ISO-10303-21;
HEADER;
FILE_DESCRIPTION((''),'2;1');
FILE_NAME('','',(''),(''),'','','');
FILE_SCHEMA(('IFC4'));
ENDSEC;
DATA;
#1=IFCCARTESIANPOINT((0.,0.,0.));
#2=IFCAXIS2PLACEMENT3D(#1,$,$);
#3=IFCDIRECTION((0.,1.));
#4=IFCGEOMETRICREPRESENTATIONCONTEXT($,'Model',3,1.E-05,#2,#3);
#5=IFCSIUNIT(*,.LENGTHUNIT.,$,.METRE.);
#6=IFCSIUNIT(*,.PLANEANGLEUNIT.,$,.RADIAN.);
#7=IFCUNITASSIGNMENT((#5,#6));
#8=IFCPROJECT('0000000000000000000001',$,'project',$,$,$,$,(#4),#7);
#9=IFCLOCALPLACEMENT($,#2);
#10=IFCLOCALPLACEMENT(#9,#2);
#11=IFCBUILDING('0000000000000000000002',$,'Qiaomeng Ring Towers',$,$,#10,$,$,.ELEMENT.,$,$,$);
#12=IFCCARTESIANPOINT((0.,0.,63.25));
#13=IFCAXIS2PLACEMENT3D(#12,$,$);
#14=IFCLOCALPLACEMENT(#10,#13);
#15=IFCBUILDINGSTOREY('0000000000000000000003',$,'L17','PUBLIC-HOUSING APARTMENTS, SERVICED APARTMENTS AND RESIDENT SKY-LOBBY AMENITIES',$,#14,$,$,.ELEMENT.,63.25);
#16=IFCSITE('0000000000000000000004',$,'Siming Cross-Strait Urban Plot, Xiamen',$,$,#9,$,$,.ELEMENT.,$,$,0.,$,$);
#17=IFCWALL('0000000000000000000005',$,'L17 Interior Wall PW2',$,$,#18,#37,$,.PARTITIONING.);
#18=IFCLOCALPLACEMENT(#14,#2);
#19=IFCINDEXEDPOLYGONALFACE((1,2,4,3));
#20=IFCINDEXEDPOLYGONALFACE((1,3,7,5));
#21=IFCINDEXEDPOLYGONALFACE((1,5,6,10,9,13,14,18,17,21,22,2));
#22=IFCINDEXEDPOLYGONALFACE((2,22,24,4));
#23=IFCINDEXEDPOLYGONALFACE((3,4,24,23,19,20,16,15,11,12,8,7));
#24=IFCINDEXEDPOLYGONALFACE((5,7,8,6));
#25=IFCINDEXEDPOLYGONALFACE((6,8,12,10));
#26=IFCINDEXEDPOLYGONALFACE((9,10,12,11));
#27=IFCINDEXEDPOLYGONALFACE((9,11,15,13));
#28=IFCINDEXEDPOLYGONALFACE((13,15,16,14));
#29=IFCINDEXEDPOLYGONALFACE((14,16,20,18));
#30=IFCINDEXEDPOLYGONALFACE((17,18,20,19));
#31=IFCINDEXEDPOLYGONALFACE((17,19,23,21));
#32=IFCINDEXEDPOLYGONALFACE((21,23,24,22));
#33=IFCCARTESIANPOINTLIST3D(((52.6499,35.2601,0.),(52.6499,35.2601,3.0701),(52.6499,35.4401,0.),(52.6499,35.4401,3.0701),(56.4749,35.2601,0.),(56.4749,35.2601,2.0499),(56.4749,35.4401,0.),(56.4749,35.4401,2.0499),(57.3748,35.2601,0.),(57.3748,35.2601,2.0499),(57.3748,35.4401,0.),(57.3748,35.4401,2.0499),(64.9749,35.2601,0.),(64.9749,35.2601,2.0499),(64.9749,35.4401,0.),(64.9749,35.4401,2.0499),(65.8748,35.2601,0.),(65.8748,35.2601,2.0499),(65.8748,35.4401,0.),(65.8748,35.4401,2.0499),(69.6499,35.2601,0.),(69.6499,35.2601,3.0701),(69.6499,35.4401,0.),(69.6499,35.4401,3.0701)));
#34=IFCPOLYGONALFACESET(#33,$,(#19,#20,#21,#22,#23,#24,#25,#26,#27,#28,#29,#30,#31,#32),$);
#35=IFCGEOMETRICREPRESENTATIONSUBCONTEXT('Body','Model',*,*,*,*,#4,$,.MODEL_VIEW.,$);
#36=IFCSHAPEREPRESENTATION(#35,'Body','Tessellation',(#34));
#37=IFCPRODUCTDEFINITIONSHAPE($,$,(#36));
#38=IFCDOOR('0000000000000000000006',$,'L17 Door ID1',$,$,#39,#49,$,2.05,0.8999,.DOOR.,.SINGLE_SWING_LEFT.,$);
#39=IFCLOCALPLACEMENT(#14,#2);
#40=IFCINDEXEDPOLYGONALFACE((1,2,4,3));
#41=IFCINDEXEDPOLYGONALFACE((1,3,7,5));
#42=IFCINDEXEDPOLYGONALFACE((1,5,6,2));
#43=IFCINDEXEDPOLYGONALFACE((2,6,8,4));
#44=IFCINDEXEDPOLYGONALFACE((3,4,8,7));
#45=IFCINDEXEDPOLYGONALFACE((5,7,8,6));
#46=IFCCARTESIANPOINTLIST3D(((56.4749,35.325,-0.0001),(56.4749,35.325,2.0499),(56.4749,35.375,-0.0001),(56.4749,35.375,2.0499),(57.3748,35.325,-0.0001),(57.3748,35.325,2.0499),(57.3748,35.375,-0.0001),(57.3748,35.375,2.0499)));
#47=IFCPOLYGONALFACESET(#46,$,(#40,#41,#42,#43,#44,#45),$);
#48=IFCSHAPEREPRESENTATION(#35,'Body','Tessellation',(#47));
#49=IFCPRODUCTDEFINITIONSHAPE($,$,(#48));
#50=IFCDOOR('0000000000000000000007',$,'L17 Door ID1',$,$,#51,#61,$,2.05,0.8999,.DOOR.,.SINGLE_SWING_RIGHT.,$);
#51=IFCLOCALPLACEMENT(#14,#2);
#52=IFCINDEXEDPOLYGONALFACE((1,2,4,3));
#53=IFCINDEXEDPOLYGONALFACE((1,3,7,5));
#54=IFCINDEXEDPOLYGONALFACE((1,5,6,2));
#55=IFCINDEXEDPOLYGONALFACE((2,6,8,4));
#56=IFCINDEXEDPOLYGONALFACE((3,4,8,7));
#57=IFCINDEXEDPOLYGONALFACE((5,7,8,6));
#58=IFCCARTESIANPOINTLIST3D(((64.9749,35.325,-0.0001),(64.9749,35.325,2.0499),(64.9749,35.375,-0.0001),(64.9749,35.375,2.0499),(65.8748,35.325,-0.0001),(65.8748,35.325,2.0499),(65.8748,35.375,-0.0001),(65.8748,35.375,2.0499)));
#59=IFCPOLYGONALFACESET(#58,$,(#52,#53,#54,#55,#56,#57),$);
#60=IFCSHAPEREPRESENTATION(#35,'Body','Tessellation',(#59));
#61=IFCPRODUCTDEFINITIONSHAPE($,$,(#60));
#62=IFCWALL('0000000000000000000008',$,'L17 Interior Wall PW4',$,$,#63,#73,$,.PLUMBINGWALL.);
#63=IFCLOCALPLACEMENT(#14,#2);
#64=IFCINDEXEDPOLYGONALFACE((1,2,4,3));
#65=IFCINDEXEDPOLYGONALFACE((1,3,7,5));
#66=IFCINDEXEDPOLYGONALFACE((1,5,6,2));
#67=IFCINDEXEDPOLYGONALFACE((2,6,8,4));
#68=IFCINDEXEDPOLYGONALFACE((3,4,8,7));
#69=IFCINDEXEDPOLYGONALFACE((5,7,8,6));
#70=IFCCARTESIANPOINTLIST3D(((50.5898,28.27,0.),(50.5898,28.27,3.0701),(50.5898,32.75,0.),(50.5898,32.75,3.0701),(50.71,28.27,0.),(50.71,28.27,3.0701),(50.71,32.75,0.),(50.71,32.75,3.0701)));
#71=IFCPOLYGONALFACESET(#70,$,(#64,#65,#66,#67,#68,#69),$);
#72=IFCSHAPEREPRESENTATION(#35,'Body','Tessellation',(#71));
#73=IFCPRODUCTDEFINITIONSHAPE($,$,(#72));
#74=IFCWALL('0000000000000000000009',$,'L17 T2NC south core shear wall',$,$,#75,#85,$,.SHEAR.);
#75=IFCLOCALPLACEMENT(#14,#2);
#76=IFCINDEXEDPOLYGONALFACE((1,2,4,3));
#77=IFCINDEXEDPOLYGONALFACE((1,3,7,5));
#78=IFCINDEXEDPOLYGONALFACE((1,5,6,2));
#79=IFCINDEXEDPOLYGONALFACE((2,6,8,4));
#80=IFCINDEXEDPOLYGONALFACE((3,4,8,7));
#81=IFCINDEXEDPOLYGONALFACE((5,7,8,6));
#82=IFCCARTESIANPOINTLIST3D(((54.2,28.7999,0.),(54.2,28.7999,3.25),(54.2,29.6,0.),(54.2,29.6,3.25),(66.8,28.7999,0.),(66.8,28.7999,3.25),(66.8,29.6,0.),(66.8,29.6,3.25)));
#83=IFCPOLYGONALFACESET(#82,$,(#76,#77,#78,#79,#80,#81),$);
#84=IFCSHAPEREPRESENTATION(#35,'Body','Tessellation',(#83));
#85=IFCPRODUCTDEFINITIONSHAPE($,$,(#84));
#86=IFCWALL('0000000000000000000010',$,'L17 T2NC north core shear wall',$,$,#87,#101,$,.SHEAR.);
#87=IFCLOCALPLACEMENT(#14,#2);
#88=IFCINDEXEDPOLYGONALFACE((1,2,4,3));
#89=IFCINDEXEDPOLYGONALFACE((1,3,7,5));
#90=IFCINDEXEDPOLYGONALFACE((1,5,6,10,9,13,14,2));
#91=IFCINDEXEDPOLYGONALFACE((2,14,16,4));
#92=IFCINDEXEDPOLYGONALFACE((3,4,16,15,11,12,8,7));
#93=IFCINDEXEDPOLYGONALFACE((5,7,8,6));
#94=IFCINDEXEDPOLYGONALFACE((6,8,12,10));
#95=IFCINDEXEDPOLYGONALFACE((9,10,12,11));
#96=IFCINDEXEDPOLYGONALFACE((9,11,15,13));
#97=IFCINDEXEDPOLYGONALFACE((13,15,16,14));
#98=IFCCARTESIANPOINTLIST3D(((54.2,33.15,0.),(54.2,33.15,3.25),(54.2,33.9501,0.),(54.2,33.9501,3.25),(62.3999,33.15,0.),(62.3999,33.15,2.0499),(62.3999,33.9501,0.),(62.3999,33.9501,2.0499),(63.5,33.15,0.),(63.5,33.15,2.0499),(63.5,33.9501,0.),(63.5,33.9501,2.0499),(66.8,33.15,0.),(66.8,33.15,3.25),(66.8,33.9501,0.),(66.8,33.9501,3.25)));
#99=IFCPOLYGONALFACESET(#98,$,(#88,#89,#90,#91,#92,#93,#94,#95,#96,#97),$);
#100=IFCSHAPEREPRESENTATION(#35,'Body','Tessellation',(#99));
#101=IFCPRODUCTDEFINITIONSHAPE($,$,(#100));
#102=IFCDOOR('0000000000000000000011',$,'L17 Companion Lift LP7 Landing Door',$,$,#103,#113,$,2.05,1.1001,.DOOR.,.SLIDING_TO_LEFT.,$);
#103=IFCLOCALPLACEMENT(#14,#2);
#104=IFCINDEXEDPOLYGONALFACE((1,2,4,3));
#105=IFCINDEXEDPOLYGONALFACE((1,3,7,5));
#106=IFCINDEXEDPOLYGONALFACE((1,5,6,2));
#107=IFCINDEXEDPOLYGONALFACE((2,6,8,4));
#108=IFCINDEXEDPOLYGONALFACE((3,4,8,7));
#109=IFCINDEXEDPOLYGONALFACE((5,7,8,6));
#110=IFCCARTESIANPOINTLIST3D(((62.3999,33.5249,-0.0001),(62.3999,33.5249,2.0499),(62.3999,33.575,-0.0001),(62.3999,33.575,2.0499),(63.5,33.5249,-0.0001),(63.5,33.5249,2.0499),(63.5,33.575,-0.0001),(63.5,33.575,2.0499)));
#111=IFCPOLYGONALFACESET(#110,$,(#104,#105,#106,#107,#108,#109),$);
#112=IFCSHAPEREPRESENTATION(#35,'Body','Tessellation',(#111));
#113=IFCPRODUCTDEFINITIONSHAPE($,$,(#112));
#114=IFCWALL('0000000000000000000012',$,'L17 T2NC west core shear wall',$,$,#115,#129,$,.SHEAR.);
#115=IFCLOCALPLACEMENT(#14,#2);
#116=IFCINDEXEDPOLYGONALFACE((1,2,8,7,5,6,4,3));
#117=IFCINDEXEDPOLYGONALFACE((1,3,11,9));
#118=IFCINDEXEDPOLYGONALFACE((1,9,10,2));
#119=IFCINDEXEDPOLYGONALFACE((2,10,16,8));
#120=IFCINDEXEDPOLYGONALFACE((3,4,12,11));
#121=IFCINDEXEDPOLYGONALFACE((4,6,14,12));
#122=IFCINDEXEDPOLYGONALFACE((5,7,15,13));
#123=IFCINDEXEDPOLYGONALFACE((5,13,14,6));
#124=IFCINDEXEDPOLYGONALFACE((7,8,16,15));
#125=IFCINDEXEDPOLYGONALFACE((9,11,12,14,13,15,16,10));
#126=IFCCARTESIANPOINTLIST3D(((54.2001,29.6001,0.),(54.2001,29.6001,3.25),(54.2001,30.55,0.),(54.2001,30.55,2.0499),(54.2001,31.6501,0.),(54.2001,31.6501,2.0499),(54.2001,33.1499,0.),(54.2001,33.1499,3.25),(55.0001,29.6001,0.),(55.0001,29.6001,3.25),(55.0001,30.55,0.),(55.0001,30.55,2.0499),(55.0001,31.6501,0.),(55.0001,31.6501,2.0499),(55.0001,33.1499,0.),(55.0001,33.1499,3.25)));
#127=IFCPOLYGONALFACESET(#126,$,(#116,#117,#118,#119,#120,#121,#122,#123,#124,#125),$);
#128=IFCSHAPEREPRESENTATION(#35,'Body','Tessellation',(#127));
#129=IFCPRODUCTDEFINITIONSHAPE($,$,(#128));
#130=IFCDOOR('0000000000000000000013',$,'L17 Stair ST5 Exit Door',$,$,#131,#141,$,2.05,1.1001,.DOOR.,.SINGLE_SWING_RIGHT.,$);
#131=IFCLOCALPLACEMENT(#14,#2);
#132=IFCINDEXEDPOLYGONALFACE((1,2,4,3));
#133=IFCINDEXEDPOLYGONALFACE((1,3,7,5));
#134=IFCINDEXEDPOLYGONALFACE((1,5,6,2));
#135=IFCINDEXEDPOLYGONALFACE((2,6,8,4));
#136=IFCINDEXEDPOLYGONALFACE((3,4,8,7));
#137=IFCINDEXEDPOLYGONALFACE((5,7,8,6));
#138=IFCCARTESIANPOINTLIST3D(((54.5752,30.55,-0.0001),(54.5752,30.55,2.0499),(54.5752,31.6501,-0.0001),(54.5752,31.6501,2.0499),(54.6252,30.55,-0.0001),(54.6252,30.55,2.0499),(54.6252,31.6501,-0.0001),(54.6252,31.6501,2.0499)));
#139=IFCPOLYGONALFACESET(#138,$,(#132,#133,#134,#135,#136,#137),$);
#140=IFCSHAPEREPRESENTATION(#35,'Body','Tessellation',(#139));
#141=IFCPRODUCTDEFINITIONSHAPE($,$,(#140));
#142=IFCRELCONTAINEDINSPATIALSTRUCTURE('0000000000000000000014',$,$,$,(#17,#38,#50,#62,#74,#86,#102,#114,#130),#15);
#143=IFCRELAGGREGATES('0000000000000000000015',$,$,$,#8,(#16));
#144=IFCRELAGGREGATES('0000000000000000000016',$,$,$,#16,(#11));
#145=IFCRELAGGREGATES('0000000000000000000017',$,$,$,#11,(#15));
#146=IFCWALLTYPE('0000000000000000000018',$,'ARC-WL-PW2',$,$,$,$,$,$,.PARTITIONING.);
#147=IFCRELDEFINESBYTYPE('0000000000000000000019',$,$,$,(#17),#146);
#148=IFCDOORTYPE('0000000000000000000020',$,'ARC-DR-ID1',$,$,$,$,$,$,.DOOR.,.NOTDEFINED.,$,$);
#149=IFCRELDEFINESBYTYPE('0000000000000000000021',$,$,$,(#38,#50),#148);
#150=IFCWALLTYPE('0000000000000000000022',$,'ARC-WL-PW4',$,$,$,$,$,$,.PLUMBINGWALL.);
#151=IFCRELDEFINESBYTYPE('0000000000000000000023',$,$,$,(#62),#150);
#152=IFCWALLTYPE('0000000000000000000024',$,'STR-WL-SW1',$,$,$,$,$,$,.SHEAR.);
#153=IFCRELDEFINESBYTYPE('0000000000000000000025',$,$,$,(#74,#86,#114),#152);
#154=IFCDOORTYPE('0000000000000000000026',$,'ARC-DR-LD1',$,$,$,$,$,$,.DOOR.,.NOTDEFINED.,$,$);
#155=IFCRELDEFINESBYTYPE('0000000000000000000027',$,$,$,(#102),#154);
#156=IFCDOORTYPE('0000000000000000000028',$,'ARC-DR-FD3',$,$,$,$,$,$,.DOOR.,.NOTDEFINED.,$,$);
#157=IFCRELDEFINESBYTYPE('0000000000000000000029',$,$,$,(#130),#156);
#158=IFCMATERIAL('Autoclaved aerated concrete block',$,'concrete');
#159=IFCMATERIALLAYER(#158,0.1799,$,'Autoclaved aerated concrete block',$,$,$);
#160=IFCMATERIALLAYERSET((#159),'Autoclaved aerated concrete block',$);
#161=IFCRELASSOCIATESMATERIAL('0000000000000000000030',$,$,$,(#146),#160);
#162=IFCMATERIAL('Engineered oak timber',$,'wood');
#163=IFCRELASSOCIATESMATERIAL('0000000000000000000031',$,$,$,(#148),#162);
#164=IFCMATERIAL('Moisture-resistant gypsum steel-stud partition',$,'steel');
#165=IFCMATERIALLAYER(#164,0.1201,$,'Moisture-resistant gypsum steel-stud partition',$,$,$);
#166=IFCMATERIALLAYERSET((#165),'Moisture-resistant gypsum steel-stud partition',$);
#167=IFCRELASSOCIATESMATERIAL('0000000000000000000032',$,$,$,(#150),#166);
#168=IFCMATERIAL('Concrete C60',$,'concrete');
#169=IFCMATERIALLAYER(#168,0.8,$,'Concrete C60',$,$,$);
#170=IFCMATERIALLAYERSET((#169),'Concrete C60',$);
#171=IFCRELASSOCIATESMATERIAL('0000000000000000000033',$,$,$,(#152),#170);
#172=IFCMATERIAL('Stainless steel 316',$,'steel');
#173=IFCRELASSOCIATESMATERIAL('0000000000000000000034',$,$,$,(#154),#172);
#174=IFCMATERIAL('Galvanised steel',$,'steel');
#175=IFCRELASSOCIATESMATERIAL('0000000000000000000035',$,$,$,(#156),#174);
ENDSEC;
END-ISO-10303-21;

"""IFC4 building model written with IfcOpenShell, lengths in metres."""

from ifc_helpers import new_model, si_unit, direction, frame, frame_2d, origin, place, context, subcontext, project, spatial, rectangle, extrude, source, transform, mapped, material, layer, layer_set, type_object, element, fill, save


model = new_model("IFC4")

# Units and contexts
model_context = context("Model", 3, precision=1e-05, world=origin(), true_north=direction((0.0, 1.0)))
body_context = subcontext(model_context, "Body", "Model", "MODEL_VIEW")
ifc_project = project(units=[si_unit("LENGTHUNIT", "METRE"), si_unit("PLANEANGLEUNIT", "RADIAN")], contexts=[model_context])

# Site, building, storey
site_placement = place(None, origin())
site = spatial("IfcSite", under=ifc_project, at=site_placement, Name="Siming Cross-Strait Urban Plot, Xiamen", CompositionType="ELEMENT", RefElevation=0.0)
building_placement = place(site_placement, origin())
building = spatial("IfcBuilding", under=site, at=building_placement, Name="Qiaomeng Ring Towers", CompositionType="ELEMENT")
storey_placement = place(building_placement, frame((0.0, 0.0, 63.25)))
storey = spatial("IfcBuildingStorey", under=building, at=storey_placement, Name="L17", Description="PUBLIC-HOUSING APARTMENTS, SERVICED APARTMENTS AND RESIDENT SKY-LOBBY AMENITIES", CompositionType="ELEMENT", Elevation=63.25)

# Shared definitions
ifc_material_1 = material(Name="Concrete C60", Category="concrete")

# Wall, openings, doors
ifc_material_2 = material(Name="Autoclaved aerated concrete block", Category="concrete")
ifc_layer_1 = layer(ifc_material_2, 0.1799, Name="Autoclaved aerated concrete block")
ifc_layer_set_1 = layer_set([ifc_layer_1], Name="Autoclaved aerated concrete block")
wall_type_1 = type_object("IfcWallType", Name="ARC-WL-PW2", PredefinedType="PARTITIONING", material=ifc_layer_set_1)
wall_1_placement = place(storey_placement, frame((52.6499, 35.3501, 0.0), z_axis=(0.0, 0.0, 1.0), x_axis=(1.0, 0.0, 0.0)))
wall_1 = element("IfcWall", 1, at=wall_1_placement, inside=storey, type_object=wall_type_1, Name="L17 Interior Wall PW2", PredefinedType="PARTITIONING", context=body_context, shape_type="SweptSolid", body=[
    extrude(rectangle(XDim=17.0, YDim=0.1799, at=frame_2d((8.5, 0.0))), origin(), (0.0, 0.0, 1.0), 3.0701),
])
opening_1_placement = place(wall_1_placement, frame((3.825, 0.0, 0.0)))
opening_1 = element("IfcOpeningElement", 2, at=opening_1_placement, cuts=wall_1, PredefinedType="OPENING", context=body_context, shape_type="SweptSolid", body=[
    extrude(rectangle(XDim=0.8999, YDim=2.05, at=frame_2d((0.45, 1.0249))), frame((0.0, 0.0999, 0.0), z_axis=(0.0, -1.0, 0.0), x_axis=(1.0, 0.0, 0.0)), (0.0, 0.0, 1.0), 0.2),
])
opening_2_placement = place(wall_1_placement, frame((12.325, 0.0, 0.0)))
opening_2 = element("IfcOpeningElement", 3, at=opening_2_placement, cuts=wall_1, PredefinedType="OPENING", context=body_context, shape_type="SweptSolid", body=[
    extrude(rectangle(XDim=0.8999, YDim=2.05, at=frame_2d((0.45, 1.0249))), frame((0.0, 0.0999, 0.0), z_axis=(0.0, -1.0, 0.0), x_axis=(1.0, 0.0, 0.0)), (0.0, 0.0, 1.0), 0.2),
])
ifc_material_3 = material(Name="Engineered oak timber", Category="wood")
door_type_1 = type_object("IfcDoorType", Name="ARC-DR-ID1", OperationType="NOTDEFINED", PredefinedType="DOOR", material=ifc_material_3)
shared_shape_1 = source(origin(), body_context, "Body", "SweptSolid", [
    extrude(rectangle(XDim=0.8999, YDim=2.05, at=frame_2d((0.45, 1.0249))), frame((0.0, 0.0249, 0.0), z_axis=(0.0, -1.0, 0.0), x_axis=(1.0, 0.0, 0.0)), (0.0, 0.0, 1.0), 0.05),
])
door_1_placement = place(opening_1_placement, origin())
door_1 = element("IfcDoor", 4, at=door_1_placement, inside=storey, type_object=door_type_1, Name="L17 Door ID1", OperationType="SINGLE_SWING_LEFT", OverallHeight=2.05, OverallWidth=0.8999, PredefinedType="DOOR", context=body_context, shape_type="MappedRepresentation", body=[
    mapped(shared_shape_1, transform((0.0, 0.0, 0.0), x_axis=(1.0, 0.0, 0.0), y_axis=(0.0, 1.0, 0.0), z_axis=(0.0, 0.0, 1.0), scale=1.0)),
])
fill(opening_1, door_1)
door_2_placement = place(opening_2_placement, origin())
door_2 = element("IfcDoor", 5, at=door_2_placement, inside=storey, type_object=door_type_1, Name="L17 Door ID1", OperationType="SINGLE_SWING_RIGHT", OverallHeight=2.05, OverallWidth=0.8999, PredefinedType="DOOR", context=body_context, shape_type="MappedRepresentation", body=[
    mapped(shared_shape_1, transform((0.0, 0.0, 0.0), x_axis=(1.0, 0.0, 0.0), y_axis=(0.0, 1.0, 0.0), z_axis=(0.0, 0.0, 1.0), scale=1.0)),
])
fill(opening_2, door_2)

# Walls
ifc_material_4 = material(Name="Moisture-resistant gypsum steel-stud partition", Category="steel")
ifc_layer_2 = layer(ifc_material_4, 0.1201, Name="Moisture-resistant gypsum steel-stud partition")
ifc_layer_set_2 = layer_set([ifc_layer_2], Name="Moisture-resistant gypsum steel-stud partition")
wall_type_2 = type_object("IfcWallType", Name="ARC-WL-PW4", PredefinedType="PLUMBINGWALL", material=ifc_layer_set_2)
wall_2_placement = place(storey_placement, frame((50.6499, 28.27, 0.0), z_axis=(0.0, 0.0, 1.0), x_axis=(0.0, 1.0, 0.0)))
element("IfcWall", 6, at=wall_2_placement, inside=storey, type_object=wall_type_2, Name="L17 Interior Wall PW4", PredefinedType="PLUMBINGWALL", context=body_context, shape_type="SweptSolid", body=[
    extrude(rectangle(XDim=4.48, YDim=0.1201, at=frame_2d((2.24, 0.0))), origin(), (0.0, 0.0, 1.0), 3.0701),
])
ifc_layer_3 = layer(ifc_material_1, 0.8, Name="Concrete C60")
ifc_layer_set_3 = layer_set([ifc_layer_3], Name="Concrete C60")
wall_type_3 = type_object("IfcWallType", Name="STR-WL-SW1", PredefinedType="SHEAR", material=ifc_layer_set_3)
wall_3_placement = place(storey_placement, frame((54.2, 29.2, 0.0), z_axis=(0.0, 0.0, 1.0), x_axis=(1.0, 0.0, 0.0)))
element("IfcWall", 7, at=wall_3_placement, inside=storey, type_object=wall_type_3, Name="L17 T2NC south core shear wall", PredefinedType="SHEAR", context=body_context, shape_type="SweptSolid", body=[
    extrude(rectangle(XDim=12.6001, YDim=0.8, at=frame_2d((6.3, 0.0))), origin(), (0.0, 0.0, 1.0), 3.25),
])

# Walls, openings, doors
wall_4_placement = place(storey_placement, frame((54.2, 33.55, 0.0), z_axis=(0.0, 0.0, 1.0), x_axis=(1.0, 0.0, 0.0)))
wall_4 = element("IfcWall", 8, at=wall_4_placement, inside=storey, type_object=wall_type_3, Name="L17 T2NC north core shear wall", PredefinedType="SHEAR", context=body_context, shape_type="SweptSolid", body=[
    extrude(rectangle(XDim=12.6001, YDim=0.8, at=frame_2d((6.3, 0.0))), origin(), (0.0, 0.0, 1.0), 3.25),
])
opening_3_placement = place(wall_4_placement, frame((8.2, 0.0, 0.0)))
opening_3 = element("IfcOpeningElement", 9, at=opening_3_placement, cuts=wall_4, PredefinedType="OPENING", context=body_context, shape_type="SweptSolid", body=[
    extrude(rectangle(XDim=1.1001, YDim=2.05, at=frame_2d((0.55, 1.0249))), frame((0.0, 0.4099, 0.0), z_axis=(0.0, -1.0, 0.0), x_axis=(1.0, 0.0, 0.0)), (0.0, 0.0, 1.0), 0.8201),
])
ifc_material_5 = material(Name="Stainless steel 316", Category="steel")
door_type_2 = type_object("IfcDoorType", Name="ARC-DR-LD1", OperationType="NOTDEFINED", PredefinedType="DOOR", material=ifc_material_5)
shared_shape_2 = source(origin(), body_context, "Body", "SweptSolid", [
    extrude(rectangle(XDim=1.1001, YDim=2.05, at=frame_2d((0.55, 1.0249))), frame((0.0, 0.0249, 0.0), z_axis=(0.0, -1.0, 0.0), x_axis=(1.0, 0.0, 0.0)), (0.0, 0.0, 1.0), 0.05),
])
door_3_placement = place(opening_3_placement, origin())
door_3 = element("IfcDoor", 10, at=door_3_placement, inside=storey, type_object=door_type_2, Name="L17 Companion Lift LP7 Landing Door", OperationType="SLIDING_TO_LEFT", OverallHeight=2.05, OverallWidth=1.1001, PredefinedType="DOOR", context=body_context, shape_type="MappedRepresentation", body=[
    mapped(shared_shape_2, transform((0.0, 0.0, 0.0), x_axis=(1.0, 0.0, 0.0), y_axis=(0.0, 1.0, 0.0), z_axis=(0.0, 0.0, 1.0), scale=1.0)),
])
fill(opening_3, door_3)
wall_5_placement = place(storey_placement, frame((54.6001, 29.6001, 0.0), z_axis=(0.0, 0.0, 1.0), x_axis=(0.0, 1.0, 0.0)))
wall_5 = element("IfcWall", 11, at=wall_5_placement, inside=storey, type_object=wall_type_3, Name="L17 T2NC west core shear wall", PredefinedType="SHEAR", context=body_context, shape_type="SweptSolid", body=[
    extrude(rectangle(XDim=3.5498, YDim=0.8, at=frame_2d((1.7749, 0.0))), origin(), (0.0, 0.0, 1.0), 3.25),
])
opening_4_placement = place(wall_5_placement, frame((0.95, 0.0, 0.0)))
opening_4 = element("IfcOpeningElement", 12, at=opening_4_placement, cuts=wall_5, PredefinedType="OPENING", context=body_context, shape_type="SweptSolid", body=[
    extrude(rectangle(XDim=1.1001, YDim=2.05, at=frame_2d((0.55, 1.0249))), frame((0.0, 0.4099, 0.0), z_axis=(0.0, -1.0, 0.0), x_axis=(1.0, 0.0, 0.0)), (0.0, 0.0, 1.0), 0.8201),
])
ifc_material_6 = material(Name="Galvanised steel", Category="steel")
door_type_3 = type_object("IfcDoorType", Name="ARC-DR-FD3", OperationType="NOTDEFINED", PredefinedType="DOOR", material=ifc_material_6)
door_4_placement = place(opening_4_placement, origin())
door_4 = element("IfcDoor", 13, at=door_4_placement, inside=storey, type_object=door_type_3, Name="L17 Stair ST5 Exit Door", OperationType="SINGLE_SWING_RIGHT", OverallHeight=2.05, OverallWidth=1.1001, PredefinedType="DOOR", context=body_context, shape_type="MappedRepresentation", body=[
    mapped(shared_shape_2, transform((0.0, 0.0, 0.0), x_axis=(1.0, 0.0, 0.0), y_axis=(0.0, 1.0, 0.0), z_axis=(0.0, 0.0, 1.0), scale=1.0)),
])
fill(opening_4, door_4)

save(model, "model.ifc")
